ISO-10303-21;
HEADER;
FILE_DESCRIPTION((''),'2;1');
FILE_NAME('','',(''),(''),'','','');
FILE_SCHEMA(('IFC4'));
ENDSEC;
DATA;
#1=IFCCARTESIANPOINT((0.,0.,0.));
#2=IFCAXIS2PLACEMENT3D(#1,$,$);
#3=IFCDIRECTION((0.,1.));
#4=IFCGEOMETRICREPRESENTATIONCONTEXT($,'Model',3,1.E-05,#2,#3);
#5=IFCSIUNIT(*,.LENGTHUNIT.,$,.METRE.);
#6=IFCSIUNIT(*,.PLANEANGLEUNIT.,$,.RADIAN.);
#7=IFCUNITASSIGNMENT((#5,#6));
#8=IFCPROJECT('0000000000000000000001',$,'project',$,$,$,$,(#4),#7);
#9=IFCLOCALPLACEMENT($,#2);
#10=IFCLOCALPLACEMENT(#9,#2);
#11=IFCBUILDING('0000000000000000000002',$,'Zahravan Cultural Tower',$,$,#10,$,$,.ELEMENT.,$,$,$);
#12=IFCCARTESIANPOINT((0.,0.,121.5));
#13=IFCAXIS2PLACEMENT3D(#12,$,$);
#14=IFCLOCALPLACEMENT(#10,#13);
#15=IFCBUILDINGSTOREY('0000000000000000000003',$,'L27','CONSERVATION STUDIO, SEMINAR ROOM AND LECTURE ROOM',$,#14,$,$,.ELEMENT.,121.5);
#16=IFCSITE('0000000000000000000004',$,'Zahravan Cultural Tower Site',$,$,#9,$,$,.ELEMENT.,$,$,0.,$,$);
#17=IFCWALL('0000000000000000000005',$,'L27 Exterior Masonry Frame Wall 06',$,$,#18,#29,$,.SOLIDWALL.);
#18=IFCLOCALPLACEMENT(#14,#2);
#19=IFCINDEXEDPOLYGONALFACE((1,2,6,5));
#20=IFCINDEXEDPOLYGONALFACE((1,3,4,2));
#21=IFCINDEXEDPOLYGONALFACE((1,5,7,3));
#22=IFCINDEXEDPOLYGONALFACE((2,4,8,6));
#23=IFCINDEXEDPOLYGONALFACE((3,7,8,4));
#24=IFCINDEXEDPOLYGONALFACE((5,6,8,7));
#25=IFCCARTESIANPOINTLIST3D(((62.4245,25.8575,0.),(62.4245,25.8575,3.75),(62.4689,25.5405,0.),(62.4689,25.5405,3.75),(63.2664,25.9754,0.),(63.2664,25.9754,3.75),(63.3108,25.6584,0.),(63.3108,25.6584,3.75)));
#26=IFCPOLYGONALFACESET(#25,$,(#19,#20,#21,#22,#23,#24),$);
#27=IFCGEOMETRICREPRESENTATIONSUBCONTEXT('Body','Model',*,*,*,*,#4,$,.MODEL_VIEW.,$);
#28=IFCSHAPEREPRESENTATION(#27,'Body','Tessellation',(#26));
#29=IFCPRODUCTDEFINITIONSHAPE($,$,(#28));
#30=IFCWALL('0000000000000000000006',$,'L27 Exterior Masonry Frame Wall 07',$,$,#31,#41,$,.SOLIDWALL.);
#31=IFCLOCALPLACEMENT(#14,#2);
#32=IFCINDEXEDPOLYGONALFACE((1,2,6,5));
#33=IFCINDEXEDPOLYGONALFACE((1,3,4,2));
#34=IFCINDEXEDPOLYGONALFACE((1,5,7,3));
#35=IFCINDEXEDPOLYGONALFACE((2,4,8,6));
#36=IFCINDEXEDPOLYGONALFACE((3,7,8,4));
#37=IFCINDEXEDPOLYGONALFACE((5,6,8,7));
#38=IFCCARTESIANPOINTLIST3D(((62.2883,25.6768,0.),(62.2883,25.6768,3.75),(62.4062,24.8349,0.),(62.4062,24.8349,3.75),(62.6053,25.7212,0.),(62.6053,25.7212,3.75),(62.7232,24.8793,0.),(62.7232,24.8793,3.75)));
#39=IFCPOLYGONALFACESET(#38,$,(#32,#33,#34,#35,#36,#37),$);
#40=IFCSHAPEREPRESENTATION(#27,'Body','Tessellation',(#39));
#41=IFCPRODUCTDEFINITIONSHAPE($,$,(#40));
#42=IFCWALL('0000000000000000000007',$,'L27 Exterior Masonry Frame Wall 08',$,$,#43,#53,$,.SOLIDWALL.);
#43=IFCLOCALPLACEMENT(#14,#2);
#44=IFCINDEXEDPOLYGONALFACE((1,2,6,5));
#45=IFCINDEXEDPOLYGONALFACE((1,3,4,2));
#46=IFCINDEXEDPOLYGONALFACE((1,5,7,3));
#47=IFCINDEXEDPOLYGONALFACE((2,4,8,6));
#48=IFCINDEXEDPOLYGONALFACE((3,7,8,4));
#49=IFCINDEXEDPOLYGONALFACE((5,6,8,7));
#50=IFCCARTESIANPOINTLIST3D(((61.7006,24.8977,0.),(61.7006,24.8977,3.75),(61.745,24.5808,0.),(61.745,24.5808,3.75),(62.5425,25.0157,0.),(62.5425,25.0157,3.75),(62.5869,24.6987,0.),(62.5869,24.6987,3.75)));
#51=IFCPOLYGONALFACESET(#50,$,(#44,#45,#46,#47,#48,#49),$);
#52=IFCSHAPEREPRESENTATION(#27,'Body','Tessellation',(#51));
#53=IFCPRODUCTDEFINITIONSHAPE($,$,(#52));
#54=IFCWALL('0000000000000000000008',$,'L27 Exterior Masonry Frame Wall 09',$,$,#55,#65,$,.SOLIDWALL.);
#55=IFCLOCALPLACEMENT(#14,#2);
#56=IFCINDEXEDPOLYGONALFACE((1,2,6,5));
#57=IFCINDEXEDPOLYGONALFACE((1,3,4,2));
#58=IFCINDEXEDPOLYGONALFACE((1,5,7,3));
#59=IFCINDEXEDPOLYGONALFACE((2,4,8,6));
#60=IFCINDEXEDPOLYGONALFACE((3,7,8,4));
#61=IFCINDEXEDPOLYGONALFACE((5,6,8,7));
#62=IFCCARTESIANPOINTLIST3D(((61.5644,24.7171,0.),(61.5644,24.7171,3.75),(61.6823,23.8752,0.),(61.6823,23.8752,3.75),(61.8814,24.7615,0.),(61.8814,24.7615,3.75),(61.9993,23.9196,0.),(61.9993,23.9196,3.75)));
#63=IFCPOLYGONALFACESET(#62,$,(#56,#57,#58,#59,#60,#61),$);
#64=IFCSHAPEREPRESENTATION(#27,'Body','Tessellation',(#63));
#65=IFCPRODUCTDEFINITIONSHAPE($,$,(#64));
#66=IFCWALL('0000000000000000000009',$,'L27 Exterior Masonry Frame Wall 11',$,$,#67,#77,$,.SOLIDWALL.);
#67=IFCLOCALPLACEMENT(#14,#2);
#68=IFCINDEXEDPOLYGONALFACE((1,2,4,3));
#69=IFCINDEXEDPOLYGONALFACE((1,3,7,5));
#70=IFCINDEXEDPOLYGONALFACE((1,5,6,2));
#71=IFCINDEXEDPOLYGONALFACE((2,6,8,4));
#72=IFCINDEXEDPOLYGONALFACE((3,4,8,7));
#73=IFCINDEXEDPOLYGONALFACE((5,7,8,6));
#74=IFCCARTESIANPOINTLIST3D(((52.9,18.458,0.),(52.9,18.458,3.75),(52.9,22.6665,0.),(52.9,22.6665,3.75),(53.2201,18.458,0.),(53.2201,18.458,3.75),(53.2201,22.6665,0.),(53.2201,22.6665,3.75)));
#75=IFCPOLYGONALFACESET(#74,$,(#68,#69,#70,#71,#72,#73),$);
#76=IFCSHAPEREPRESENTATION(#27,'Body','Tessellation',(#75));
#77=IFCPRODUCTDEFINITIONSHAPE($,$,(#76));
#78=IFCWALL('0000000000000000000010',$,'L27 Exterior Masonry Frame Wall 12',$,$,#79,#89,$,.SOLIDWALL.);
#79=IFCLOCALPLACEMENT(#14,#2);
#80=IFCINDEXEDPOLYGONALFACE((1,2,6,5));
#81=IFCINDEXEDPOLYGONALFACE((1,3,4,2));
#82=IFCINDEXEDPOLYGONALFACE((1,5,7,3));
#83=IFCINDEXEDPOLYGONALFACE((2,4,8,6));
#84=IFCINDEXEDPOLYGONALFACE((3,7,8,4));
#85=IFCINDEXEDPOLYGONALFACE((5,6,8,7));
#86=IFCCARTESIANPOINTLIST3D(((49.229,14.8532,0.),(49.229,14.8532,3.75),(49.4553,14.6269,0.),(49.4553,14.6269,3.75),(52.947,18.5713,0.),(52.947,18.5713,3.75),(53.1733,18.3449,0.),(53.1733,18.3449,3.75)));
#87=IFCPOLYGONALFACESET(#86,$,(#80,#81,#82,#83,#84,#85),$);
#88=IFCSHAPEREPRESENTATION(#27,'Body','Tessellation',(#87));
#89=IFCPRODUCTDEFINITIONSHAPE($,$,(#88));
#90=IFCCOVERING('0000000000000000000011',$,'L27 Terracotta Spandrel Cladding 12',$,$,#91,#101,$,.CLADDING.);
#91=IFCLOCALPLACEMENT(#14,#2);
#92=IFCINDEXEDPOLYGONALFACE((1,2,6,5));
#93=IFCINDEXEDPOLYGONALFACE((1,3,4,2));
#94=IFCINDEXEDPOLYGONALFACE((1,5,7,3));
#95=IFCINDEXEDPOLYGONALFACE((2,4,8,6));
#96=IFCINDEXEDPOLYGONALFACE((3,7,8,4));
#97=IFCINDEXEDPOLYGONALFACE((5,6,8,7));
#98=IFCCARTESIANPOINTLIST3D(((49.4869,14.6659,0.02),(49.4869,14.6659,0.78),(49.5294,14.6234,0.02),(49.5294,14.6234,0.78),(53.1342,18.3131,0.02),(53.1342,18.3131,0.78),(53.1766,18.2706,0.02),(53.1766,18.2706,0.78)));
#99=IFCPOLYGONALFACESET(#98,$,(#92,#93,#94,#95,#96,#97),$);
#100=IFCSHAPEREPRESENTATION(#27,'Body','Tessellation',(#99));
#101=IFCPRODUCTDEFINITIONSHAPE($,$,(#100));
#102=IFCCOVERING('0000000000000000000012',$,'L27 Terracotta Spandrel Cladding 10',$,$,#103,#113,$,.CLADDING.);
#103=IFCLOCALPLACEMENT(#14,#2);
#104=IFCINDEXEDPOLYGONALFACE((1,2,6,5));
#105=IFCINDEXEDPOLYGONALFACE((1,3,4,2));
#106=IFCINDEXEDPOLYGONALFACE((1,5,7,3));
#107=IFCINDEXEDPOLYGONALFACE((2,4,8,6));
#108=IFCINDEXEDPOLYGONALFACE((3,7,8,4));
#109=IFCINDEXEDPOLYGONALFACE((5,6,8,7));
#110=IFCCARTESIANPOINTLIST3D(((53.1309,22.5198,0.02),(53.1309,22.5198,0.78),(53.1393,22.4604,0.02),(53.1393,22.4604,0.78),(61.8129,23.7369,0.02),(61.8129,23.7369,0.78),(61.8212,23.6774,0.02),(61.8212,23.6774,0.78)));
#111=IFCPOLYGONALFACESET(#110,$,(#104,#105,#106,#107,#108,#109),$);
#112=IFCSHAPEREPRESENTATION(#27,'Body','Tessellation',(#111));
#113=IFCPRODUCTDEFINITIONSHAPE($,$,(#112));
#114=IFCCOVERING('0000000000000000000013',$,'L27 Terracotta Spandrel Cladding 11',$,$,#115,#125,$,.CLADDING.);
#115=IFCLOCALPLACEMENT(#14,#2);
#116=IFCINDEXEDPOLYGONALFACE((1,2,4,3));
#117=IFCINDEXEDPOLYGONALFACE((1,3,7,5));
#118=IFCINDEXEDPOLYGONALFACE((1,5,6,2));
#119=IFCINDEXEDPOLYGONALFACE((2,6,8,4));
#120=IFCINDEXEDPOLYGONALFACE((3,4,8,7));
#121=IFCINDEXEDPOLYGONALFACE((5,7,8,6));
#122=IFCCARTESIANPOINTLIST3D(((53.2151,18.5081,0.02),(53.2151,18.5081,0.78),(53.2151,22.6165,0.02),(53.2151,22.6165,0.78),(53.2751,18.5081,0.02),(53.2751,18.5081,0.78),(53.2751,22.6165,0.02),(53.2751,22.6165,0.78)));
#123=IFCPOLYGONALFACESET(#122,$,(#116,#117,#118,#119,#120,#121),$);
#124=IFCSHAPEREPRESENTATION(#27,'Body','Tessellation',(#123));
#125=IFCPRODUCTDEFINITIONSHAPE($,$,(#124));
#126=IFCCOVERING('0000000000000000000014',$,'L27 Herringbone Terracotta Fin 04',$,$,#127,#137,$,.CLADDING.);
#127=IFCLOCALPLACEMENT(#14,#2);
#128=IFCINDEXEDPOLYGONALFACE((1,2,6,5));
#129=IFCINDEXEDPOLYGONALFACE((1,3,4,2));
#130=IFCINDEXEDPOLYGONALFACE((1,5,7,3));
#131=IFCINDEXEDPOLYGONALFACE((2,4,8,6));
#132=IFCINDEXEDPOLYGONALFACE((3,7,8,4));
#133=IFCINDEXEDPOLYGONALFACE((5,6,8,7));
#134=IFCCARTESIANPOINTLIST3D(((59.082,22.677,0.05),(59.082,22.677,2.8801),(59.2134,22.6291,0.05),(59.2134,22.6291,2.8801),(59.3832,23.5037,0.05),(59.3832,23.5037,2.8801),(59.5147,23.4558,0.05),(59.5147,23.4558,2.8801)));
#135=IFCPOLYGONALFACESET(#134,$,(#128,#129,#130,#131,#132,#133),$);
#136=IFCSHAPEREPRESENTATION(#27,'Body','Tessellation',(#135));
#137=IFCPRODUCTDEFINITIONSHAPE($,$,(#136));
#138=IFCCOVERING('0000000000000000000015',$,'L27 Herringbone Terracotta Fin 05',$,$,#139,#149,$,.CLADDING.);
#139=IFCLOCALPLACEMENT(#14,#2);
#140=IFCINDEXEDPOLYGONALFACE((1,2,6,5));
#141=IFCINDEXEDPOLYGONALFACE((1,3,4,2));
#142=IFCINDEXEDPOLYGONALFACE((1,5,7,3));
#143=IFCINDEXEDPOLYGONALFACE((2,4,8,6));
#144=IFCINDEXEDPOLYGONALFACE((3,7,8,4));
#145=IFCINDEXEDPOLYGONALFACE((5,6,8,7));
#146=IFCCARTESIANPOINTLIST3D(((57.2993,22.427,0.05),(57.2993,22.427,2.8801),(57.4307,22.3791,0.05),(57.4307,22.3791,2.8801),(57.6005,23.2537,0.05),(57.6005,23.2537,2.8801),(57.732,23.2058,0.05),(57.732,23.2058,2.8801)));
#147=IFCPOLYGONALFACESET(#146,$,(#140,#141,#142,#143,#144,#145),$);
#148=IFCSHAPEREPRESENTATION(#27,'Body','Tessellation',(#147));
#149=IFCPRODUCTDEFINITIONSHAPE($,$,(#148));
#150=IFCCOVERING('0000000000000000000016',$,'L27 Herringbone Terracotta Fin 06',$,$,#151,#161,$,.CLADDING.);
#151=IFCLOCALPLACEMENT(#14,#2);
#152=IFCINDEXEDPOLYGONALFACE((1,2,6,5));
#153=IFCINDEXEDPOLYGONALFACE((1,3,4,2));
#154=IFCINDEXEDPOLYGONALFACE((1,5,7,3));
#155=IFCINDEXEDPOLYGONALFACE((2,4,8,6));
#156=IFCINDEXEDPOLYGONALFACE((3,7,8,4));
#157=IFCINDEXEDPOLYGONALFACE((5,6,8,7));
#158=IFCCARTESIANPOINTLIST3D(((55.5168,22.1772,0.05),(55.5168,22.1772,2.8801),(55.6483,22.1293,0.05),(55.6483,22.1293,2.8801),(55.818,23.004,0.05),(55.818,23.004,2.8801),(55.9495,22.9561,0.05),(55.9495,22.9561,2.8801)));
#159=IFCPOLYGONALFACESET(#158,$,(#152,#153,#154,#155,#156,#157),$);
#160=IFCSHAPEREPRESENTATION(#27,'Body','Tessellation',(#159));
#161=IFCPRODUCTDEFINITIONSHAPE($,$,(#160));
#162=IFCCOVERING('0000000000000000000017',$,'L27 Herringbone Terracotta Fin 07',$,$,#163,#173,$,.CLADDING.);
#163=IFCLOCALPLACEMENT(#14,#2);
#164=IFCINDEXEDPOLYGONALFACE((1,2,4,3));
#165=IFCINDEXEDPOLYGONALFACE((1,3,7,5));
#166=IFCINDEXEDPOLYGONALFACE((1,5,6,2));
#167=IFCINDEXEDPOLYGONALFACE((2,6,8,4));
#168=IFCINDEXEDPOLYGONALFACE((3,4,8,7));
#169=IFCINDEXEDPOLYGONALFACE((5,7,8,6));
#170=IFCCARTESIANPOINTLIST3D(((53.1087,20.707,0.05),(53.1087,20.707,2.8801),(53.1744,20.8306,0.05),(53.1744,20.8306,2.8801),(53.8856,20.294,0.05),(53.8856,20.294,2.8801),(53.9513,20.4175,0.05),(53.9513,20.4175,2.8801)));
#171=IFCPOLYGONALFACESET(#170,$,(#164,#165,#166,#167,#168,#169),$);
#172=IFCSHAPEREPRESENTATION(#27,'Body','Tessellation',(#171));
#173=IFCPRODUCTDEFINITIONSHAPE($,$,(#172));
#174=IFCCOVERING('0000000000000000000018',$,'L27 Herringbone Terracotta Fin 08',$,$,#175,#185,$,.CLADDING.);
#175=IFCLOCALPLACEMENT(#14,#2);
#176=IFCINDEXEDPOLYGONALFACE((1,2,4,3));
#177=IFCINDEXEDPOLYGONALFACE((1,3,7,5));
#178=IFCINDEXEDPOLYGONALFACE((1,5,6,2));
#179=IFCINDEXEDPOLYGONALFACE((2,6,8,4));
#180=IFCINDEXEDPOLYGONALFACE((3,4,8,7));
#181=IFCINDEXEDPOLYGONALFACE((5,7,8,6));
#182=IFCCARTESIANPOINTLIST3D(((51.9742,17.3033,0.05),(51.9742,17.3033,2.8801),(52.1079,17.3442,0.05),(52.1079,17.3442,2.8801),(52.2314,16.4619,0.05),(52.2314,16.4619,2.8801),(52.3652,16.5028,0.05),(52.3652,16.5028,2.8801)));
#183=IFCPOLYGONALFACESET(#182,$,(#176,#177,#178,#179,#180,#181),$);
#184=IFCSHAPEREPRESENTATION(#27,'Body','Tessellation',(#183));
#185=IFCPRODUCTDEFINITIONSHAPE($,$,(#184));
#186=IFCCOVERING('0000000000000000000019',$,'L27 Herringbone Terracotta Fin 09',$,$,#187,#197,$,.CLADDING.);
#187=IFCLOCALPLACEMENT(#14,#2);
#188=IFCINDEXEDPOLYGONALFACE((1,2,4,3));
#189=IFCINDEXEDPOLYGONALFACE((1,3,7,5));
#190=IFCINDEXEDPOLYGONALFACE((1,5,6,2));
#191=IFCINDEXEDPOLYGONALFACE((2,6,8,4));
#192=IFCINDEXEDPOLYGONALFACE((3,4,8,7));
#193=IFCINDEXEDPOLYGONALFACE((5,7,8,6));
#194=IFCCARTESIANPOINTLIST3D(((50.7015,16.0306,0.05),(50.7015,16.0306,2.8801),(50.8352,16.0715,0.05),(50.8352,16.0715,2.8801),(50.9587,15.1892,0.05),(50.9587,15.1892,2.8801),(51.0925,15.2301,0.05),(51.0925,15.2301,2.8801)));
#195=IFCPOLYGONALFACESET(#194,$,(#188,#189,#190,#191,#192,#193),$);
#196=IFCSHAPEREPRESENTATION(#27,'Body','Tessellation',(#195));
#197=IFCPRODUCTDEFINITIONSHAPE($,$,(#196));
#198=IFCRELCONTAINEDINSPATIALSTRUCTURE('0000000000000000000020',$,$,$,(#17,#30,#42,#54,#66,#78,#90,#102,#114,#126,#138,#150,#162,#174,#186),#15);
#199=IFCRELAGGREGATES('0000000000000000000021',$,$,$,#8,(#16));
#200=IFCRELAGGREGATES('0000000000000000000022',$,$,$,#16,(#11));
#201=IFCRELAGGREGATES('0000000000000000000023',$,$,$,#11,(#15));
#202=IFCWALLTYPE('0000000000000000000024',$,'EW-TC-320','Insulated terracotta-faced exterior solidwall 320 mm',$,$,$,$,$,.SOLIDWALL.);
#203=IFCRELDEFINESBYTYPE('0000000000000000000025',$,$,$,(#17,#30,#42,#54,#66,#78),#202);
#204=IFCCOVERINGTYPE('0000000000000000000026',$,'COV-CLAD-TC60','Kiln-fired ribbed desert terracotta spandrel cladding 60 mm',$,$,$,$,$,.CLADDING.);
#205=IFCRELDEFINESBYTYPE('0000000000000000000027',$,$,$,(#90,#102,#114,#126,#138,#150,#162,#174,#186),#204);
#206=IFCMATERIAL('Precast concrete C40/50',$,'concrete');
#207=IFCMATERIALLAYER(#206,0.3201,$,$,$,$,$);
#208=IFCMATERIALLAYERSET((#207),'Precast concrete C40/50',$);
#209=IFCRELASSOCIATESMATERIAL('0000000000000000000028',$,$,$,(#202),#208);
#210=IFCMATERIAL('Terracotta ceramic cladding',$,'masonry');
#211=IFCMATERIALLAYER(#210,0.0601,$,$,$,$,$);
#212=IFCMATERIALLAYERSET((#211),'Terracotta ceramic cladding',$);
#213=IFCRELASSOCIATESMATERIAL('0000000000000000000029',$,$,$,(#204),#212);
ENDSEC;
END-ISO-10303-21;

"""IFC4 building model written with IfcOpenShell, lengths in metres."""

from ifc_helpers import new_model, si_unit, direction, frame, frame_2d, origin, origin_2d, place, context, subcontext, project, spatial, rectangle, extrude, source, transform, mapped, material, layer, layer_set, type_object, element, save


model = new_model("IFC4")

# Units and contexts
model_context = context("Model", 3, precision=1e-05, world=origin(), true_north=direction((0.0, 1.0)))
body_context = subcontext(model_context, "Body", "Model", "MODEL_VIEW")
ifc_project = project(units=[si_unit("LENGTHUNIT", "METRE"), si_unit("PLANEANGLEUNIT", "RADIAN")], contexts=[model_context])

# Site, building, storey
site_placement = place(None, origin())
site = spatial("IfcSite", under=ifc_project, at=site_placement, Name="Zahravan Cultural Tower Site", CompositionType="ELEMENT", RefElevation=0.0)
building_placement = place(site_placement, origin())
building = spatial("IfcBuilding", under=site, at=building_placement, Name="Zahravan Cultural Tower", CompositionType="ELEMENT")
storey_placement = place(building_placement, frame((0.0, 0.0, 121.5)))
storey = spatial("IfcBuildingStorey", under=building, at=storey_placement, Name="L27", Description="CONSERVATION STUDIO, SEMINAR ROOM AND LECTURE ROOM", CompositionType="ELEMENT", Elevation=121.5)

# Shared definitions
ifc_material_1 = material(Name="Precast concrete C40/50", Category="concrete")
ifc_layer_1 = layer(ifc_material_1, 0.3201)
ifc_layer_set_1 = layer_set([ifc_layer_1], Name="Precast concrete C40/50")
wall_type_1 = type_object("IfcWallType", Name="EW-TC-320", Description="Insulated terracotta-faced exterior solidwall 320 mm", PredefinedType="SOLIDWALL", material=ifc_layer_set_1)

# Walls
shared_shape_1 = source(origin(), body_context, "Body", "SweptSolid", [
    extrude(rectangle(XDim=0.8501, YDim=0.3201, at=frame_2d((0.425, 0.0))), origin(), (0.0, 0.0, 1.0), 3.75),
])
for number, where, z_axis, x_axis, name in (
    (1, (63.2886, 25.8169, 0.0), (0.0, 0.0, 1.0), (-0.990331, -0.138727, 0.0), "L27 Exterior Masonry Frame Wall 06"),
    (2, (62.4468, 25.699, 0.0), (0.0, 0.0, 1.0), (0.138727, -0.990331, 0.0), "L27 Exterior Masonry Frame Wall 07"),
    (3, (62.5647, 24.8572, 0.0), (0.0, 0.0, 1.0), (-0.990331, -0.138727, 0.0), "L27 Exterior Masonry Frame Wall 08"),
    (4, (61.7229, 24.7393, 0.0), (0.0, 0.0, 1.0), (0.138727, -0.990331, 0.0), "L27 Exterior Masonry Frame Wall 09"),
):
    element("IfcWall", number, at=place(storey_placement, frame(where, z_axis=z_axis, x_axis=x_axis)), inside=storey, type_object=wall_type_1, Name=name, PredefinedType="SOLIDWALL", context=body_context, shape_type="MappedRepresentation", body=[
        mapped(shared_shape_1, transform((0.0, 0.0, 0.0), x_axis=(1.0, 0.0, 0.0), y_axis=(0.0, 1.0, 0.0), z_axis=(0.0, 0.0, 1.0), scale=1.0)),
    ])
shared_shape_2 = source(origin(), body_context, "Body", "SweptSolid", [
    extrude(rectangle(XDim=4.2085, YDim=0.3201, at=frame_2d((2.1042, 0.0))), origin(), (0.0, 0.0, 1.0), 3.75),
])
wall_1_placement = place(storey_placement, frame((53.0601, 22.6665, 0.0), z_axis=(0.0, 0.0, 1.0), x_axis=(0.0, -1.0, 0.0)))
element("IfcWall", 5, at=wall_1_placement, inside=storey, type_object=wall_type_1, Name="L27 Exterior Masonry Frame Wall 11", PredefinedType="SOLIDWALL", context=body_context, shape_type="MappedRepresentation", body=[
    mapped(shared_shape_2, transform((0.0, 0.0, 0.0), x_axis=(1.0, 0.0, 0.0), y_axis=(0.0, 1.0, 0.0), z_axis=(0.0, 0.0, 1.0), scale=1.0)),
])
shared_shape_3 = source(origin(), body_context, "Body", "SweptSolid", [
    extrude(rectangle(XDim=5.2581, YDim=0.3201, at=frame_2d((2.6289, 0.0))), origin(), (0.0, 0.0, 1.0), 3.75),
])
wall_2_placement = place(storey_placement, frame((53.0601, 18.458, 0.0), z_axis=(0.0, 0.0, 1.0), x_axis=(-0.707107, -0.707107, 0.0)))
element("IfcWall", 6, at=wall_2_placement, inside=storey, type_object=wall_type_1, Name="L27 Exterior Masonry Frame Wall 12", PredefinedType="SOLIDWALL", context=body_context, shape_type="MappedRepresentation", body=[
    mapped(shared_shape_3, transform((0.0, 0.0, 0.0), x_axis=(1.0, 0.0, 0.0), y_axis=(0.0, 1.0, 0.0), z_axis=(0.0, 0.0, 1.0), scale=1.0)),
])

# Coverings
ifc_material_2 = material(Name="Terracotta ceramic cladding", Category="masonry")
ifc_layer_2 = layer(ifc_material_2, 0.0601)
ifc_layer_set_2 = layer_set([ifc_layer_2], Name="Terracotta ceramic cladding")
covering_type = type_object("IfcCoveringType", Name="COV-CLAD-TC60", Description="Kiln-fired ribbed desert terracotta spandrel cladding 60 mm", PredefinedType="CLADDING", material=ifc_layer_set_2)
shared_shape_4 = source(origin(), body_context, "Body", "SweptSolid", [
    extrude(rectangle(XDim=5.158, YDim=0.0601, at=origin_2d()), origin(), (0.0, 0.0, 1.0), 0.76),
])
covering_1_placement = place(storey_placement, frame((51.3318, 16.4683, 0.02), z_axis=(0.0, 0.0, 1.0), x_axis=(-0.707107, -0.707107, 0.0)))
element("IfcCovering", 7, at=covering_1_placement, inside=storey, type_object=covering_type, Name="L27 Terracotta Spandrel Cladding 12", PredefinedType="CLADDING", context=body_context, shape_type="MappedRepresentation", body=[
    mapped(shared_shape_4, transform((0.0, 0.0, 0.0), x_axis=(1.0, 0.0, 0.0), y_axis=(0.0, 1.0, 0.0), z_axis=(0.0, 0.0, 1.0), scale=1.0)),
])
shared_shape_5 = source(origin(), body_context, "Body", "SweptSolid", [
    extrude(rectangle(XDim=8.7668, YDim=0.0601, at=origin_2d()), origin(), (0.0, 0.0, 1.0), 0.76),
])
covering_2_placement = place(storey_placement, frame((57.4761, 23.0986, 0.02), z_axis=(0.0, 0.0, 1.0), x_axis=(-0.990317, -0.138827, 0.0)))
element("IfcCovering", 8, at=covering_2_placement, inside=storey, type_object=covering_type, Name="L27 Terracotta Spandrel Cladding 10", PredefinedType="CLADDING", context=body_context, shape_type="MappedRepresentation", body=[
    mapped(shared_shape_5, transform((0.0, 0.0, 0.0), x_axis=(1.0, 0.0, 0.0), y_axis=(0.0, 1.0, 0.0), z_axis=(0.0, 0.0, 1.0), scale=1.0)),
])
shared_shape_6 = source(origin(), body_context, "Body", "SweptSolid", [
    extrude(rectangle(XDim=4.1084, YDim=0.0601, at=origin_2d()), origin(), (0.0, 0.0, 1.0), 0.76),
])
covering_3_placement = place(storey_placement, frame((53.2451, 20.5623, 0.02), z_axis=(0.0, 0.0, 1.0), x_axis=(0.0, -1.0, 0.0)))
element("IfcCovering", 9, at=covering_3_placement, inside=storey, type_object=covering_type, Name="L27 Terracotta Spandrel Cladding 11", PredefinedType="CLADDING", context=body_context, shape_type="MappedRepresentation", body=[
    mapped(shared_shape_6, transform((0.0, 0.0, 0.0), x_axis=(1.0, 0.0, 0.0), y_axis=(0.0, 1.0, 0.0), z_axis=(0.0, 0.0, 1.0), scale=1.0)),
])
shared_shape_7 = source(origin(), body_context, "Body", "SweptSolid", [
    extrude(rectangle(XDim=0.8799, YDim=0.1399, at=origin_2d()), origin(), (0.0, 0.0, 1.0), 2.8301),
])
for number, where, z_axis, x_axis, name in (
    (10, (59.2983, 23.0664, 0.05), (0.0, 0.0, 1.0), (-0.342348, -0.939573, 0.0), "L27 Herringbone Terracotta Fin 04"),
    (11, (57.5156, 22.8164, 0.05), (0.0, 0.0, 1.0), (-0.342348, -0.939573, 0.0), "L27 Herringbone Terracotta Fin 05"),
    (12, (55.7332, 22.5667, 0.05), (0.0, 0.0, 1.0), (-0.342348, -0.939573, 0.0), "L27 Herringbone Terracotta Fin 06"),
    (13, (53.53, 20.5623, 0.05), (0.0, 0.0, 1.0), (0.882948, -0.469472, 0.0), "L27 Herringbone Terracotta Fin 07"),
    (14, (52.1697, 16.9031, 0.05), (0.0, 0.0, 1.0), (0.292372, -0.956305, 0.0), "L27 Herringbone Terracotta Fin 08"),
    (15, (50.897, 15.6304, 0.05), (0.0, 0.0, 1.0), (0.292372, -0.956305, 0.0), "L27 Herringbone Terracotta Fin 09"),
):
    element("IfcCovering", number, at=place(storey_placement, frame(where, z_axis=z_axis, x_axis=x_axis)), inside=storey, type_object=covering_type, Name=name, PredefinedType="CLADDING", context=body_context, shape_type="MappedRepresentation", body=[
        mapped(shared_shape_7, transform((0.0, 0.0, 0.0), x_axis=(1.0, 0.0, 0.0), y_axis=(0.0, 1.0, 0.0), z_axis=(0.0, 0.0, 1.0), scale=1.0)),
    ])

save(model, "model.ifc")
